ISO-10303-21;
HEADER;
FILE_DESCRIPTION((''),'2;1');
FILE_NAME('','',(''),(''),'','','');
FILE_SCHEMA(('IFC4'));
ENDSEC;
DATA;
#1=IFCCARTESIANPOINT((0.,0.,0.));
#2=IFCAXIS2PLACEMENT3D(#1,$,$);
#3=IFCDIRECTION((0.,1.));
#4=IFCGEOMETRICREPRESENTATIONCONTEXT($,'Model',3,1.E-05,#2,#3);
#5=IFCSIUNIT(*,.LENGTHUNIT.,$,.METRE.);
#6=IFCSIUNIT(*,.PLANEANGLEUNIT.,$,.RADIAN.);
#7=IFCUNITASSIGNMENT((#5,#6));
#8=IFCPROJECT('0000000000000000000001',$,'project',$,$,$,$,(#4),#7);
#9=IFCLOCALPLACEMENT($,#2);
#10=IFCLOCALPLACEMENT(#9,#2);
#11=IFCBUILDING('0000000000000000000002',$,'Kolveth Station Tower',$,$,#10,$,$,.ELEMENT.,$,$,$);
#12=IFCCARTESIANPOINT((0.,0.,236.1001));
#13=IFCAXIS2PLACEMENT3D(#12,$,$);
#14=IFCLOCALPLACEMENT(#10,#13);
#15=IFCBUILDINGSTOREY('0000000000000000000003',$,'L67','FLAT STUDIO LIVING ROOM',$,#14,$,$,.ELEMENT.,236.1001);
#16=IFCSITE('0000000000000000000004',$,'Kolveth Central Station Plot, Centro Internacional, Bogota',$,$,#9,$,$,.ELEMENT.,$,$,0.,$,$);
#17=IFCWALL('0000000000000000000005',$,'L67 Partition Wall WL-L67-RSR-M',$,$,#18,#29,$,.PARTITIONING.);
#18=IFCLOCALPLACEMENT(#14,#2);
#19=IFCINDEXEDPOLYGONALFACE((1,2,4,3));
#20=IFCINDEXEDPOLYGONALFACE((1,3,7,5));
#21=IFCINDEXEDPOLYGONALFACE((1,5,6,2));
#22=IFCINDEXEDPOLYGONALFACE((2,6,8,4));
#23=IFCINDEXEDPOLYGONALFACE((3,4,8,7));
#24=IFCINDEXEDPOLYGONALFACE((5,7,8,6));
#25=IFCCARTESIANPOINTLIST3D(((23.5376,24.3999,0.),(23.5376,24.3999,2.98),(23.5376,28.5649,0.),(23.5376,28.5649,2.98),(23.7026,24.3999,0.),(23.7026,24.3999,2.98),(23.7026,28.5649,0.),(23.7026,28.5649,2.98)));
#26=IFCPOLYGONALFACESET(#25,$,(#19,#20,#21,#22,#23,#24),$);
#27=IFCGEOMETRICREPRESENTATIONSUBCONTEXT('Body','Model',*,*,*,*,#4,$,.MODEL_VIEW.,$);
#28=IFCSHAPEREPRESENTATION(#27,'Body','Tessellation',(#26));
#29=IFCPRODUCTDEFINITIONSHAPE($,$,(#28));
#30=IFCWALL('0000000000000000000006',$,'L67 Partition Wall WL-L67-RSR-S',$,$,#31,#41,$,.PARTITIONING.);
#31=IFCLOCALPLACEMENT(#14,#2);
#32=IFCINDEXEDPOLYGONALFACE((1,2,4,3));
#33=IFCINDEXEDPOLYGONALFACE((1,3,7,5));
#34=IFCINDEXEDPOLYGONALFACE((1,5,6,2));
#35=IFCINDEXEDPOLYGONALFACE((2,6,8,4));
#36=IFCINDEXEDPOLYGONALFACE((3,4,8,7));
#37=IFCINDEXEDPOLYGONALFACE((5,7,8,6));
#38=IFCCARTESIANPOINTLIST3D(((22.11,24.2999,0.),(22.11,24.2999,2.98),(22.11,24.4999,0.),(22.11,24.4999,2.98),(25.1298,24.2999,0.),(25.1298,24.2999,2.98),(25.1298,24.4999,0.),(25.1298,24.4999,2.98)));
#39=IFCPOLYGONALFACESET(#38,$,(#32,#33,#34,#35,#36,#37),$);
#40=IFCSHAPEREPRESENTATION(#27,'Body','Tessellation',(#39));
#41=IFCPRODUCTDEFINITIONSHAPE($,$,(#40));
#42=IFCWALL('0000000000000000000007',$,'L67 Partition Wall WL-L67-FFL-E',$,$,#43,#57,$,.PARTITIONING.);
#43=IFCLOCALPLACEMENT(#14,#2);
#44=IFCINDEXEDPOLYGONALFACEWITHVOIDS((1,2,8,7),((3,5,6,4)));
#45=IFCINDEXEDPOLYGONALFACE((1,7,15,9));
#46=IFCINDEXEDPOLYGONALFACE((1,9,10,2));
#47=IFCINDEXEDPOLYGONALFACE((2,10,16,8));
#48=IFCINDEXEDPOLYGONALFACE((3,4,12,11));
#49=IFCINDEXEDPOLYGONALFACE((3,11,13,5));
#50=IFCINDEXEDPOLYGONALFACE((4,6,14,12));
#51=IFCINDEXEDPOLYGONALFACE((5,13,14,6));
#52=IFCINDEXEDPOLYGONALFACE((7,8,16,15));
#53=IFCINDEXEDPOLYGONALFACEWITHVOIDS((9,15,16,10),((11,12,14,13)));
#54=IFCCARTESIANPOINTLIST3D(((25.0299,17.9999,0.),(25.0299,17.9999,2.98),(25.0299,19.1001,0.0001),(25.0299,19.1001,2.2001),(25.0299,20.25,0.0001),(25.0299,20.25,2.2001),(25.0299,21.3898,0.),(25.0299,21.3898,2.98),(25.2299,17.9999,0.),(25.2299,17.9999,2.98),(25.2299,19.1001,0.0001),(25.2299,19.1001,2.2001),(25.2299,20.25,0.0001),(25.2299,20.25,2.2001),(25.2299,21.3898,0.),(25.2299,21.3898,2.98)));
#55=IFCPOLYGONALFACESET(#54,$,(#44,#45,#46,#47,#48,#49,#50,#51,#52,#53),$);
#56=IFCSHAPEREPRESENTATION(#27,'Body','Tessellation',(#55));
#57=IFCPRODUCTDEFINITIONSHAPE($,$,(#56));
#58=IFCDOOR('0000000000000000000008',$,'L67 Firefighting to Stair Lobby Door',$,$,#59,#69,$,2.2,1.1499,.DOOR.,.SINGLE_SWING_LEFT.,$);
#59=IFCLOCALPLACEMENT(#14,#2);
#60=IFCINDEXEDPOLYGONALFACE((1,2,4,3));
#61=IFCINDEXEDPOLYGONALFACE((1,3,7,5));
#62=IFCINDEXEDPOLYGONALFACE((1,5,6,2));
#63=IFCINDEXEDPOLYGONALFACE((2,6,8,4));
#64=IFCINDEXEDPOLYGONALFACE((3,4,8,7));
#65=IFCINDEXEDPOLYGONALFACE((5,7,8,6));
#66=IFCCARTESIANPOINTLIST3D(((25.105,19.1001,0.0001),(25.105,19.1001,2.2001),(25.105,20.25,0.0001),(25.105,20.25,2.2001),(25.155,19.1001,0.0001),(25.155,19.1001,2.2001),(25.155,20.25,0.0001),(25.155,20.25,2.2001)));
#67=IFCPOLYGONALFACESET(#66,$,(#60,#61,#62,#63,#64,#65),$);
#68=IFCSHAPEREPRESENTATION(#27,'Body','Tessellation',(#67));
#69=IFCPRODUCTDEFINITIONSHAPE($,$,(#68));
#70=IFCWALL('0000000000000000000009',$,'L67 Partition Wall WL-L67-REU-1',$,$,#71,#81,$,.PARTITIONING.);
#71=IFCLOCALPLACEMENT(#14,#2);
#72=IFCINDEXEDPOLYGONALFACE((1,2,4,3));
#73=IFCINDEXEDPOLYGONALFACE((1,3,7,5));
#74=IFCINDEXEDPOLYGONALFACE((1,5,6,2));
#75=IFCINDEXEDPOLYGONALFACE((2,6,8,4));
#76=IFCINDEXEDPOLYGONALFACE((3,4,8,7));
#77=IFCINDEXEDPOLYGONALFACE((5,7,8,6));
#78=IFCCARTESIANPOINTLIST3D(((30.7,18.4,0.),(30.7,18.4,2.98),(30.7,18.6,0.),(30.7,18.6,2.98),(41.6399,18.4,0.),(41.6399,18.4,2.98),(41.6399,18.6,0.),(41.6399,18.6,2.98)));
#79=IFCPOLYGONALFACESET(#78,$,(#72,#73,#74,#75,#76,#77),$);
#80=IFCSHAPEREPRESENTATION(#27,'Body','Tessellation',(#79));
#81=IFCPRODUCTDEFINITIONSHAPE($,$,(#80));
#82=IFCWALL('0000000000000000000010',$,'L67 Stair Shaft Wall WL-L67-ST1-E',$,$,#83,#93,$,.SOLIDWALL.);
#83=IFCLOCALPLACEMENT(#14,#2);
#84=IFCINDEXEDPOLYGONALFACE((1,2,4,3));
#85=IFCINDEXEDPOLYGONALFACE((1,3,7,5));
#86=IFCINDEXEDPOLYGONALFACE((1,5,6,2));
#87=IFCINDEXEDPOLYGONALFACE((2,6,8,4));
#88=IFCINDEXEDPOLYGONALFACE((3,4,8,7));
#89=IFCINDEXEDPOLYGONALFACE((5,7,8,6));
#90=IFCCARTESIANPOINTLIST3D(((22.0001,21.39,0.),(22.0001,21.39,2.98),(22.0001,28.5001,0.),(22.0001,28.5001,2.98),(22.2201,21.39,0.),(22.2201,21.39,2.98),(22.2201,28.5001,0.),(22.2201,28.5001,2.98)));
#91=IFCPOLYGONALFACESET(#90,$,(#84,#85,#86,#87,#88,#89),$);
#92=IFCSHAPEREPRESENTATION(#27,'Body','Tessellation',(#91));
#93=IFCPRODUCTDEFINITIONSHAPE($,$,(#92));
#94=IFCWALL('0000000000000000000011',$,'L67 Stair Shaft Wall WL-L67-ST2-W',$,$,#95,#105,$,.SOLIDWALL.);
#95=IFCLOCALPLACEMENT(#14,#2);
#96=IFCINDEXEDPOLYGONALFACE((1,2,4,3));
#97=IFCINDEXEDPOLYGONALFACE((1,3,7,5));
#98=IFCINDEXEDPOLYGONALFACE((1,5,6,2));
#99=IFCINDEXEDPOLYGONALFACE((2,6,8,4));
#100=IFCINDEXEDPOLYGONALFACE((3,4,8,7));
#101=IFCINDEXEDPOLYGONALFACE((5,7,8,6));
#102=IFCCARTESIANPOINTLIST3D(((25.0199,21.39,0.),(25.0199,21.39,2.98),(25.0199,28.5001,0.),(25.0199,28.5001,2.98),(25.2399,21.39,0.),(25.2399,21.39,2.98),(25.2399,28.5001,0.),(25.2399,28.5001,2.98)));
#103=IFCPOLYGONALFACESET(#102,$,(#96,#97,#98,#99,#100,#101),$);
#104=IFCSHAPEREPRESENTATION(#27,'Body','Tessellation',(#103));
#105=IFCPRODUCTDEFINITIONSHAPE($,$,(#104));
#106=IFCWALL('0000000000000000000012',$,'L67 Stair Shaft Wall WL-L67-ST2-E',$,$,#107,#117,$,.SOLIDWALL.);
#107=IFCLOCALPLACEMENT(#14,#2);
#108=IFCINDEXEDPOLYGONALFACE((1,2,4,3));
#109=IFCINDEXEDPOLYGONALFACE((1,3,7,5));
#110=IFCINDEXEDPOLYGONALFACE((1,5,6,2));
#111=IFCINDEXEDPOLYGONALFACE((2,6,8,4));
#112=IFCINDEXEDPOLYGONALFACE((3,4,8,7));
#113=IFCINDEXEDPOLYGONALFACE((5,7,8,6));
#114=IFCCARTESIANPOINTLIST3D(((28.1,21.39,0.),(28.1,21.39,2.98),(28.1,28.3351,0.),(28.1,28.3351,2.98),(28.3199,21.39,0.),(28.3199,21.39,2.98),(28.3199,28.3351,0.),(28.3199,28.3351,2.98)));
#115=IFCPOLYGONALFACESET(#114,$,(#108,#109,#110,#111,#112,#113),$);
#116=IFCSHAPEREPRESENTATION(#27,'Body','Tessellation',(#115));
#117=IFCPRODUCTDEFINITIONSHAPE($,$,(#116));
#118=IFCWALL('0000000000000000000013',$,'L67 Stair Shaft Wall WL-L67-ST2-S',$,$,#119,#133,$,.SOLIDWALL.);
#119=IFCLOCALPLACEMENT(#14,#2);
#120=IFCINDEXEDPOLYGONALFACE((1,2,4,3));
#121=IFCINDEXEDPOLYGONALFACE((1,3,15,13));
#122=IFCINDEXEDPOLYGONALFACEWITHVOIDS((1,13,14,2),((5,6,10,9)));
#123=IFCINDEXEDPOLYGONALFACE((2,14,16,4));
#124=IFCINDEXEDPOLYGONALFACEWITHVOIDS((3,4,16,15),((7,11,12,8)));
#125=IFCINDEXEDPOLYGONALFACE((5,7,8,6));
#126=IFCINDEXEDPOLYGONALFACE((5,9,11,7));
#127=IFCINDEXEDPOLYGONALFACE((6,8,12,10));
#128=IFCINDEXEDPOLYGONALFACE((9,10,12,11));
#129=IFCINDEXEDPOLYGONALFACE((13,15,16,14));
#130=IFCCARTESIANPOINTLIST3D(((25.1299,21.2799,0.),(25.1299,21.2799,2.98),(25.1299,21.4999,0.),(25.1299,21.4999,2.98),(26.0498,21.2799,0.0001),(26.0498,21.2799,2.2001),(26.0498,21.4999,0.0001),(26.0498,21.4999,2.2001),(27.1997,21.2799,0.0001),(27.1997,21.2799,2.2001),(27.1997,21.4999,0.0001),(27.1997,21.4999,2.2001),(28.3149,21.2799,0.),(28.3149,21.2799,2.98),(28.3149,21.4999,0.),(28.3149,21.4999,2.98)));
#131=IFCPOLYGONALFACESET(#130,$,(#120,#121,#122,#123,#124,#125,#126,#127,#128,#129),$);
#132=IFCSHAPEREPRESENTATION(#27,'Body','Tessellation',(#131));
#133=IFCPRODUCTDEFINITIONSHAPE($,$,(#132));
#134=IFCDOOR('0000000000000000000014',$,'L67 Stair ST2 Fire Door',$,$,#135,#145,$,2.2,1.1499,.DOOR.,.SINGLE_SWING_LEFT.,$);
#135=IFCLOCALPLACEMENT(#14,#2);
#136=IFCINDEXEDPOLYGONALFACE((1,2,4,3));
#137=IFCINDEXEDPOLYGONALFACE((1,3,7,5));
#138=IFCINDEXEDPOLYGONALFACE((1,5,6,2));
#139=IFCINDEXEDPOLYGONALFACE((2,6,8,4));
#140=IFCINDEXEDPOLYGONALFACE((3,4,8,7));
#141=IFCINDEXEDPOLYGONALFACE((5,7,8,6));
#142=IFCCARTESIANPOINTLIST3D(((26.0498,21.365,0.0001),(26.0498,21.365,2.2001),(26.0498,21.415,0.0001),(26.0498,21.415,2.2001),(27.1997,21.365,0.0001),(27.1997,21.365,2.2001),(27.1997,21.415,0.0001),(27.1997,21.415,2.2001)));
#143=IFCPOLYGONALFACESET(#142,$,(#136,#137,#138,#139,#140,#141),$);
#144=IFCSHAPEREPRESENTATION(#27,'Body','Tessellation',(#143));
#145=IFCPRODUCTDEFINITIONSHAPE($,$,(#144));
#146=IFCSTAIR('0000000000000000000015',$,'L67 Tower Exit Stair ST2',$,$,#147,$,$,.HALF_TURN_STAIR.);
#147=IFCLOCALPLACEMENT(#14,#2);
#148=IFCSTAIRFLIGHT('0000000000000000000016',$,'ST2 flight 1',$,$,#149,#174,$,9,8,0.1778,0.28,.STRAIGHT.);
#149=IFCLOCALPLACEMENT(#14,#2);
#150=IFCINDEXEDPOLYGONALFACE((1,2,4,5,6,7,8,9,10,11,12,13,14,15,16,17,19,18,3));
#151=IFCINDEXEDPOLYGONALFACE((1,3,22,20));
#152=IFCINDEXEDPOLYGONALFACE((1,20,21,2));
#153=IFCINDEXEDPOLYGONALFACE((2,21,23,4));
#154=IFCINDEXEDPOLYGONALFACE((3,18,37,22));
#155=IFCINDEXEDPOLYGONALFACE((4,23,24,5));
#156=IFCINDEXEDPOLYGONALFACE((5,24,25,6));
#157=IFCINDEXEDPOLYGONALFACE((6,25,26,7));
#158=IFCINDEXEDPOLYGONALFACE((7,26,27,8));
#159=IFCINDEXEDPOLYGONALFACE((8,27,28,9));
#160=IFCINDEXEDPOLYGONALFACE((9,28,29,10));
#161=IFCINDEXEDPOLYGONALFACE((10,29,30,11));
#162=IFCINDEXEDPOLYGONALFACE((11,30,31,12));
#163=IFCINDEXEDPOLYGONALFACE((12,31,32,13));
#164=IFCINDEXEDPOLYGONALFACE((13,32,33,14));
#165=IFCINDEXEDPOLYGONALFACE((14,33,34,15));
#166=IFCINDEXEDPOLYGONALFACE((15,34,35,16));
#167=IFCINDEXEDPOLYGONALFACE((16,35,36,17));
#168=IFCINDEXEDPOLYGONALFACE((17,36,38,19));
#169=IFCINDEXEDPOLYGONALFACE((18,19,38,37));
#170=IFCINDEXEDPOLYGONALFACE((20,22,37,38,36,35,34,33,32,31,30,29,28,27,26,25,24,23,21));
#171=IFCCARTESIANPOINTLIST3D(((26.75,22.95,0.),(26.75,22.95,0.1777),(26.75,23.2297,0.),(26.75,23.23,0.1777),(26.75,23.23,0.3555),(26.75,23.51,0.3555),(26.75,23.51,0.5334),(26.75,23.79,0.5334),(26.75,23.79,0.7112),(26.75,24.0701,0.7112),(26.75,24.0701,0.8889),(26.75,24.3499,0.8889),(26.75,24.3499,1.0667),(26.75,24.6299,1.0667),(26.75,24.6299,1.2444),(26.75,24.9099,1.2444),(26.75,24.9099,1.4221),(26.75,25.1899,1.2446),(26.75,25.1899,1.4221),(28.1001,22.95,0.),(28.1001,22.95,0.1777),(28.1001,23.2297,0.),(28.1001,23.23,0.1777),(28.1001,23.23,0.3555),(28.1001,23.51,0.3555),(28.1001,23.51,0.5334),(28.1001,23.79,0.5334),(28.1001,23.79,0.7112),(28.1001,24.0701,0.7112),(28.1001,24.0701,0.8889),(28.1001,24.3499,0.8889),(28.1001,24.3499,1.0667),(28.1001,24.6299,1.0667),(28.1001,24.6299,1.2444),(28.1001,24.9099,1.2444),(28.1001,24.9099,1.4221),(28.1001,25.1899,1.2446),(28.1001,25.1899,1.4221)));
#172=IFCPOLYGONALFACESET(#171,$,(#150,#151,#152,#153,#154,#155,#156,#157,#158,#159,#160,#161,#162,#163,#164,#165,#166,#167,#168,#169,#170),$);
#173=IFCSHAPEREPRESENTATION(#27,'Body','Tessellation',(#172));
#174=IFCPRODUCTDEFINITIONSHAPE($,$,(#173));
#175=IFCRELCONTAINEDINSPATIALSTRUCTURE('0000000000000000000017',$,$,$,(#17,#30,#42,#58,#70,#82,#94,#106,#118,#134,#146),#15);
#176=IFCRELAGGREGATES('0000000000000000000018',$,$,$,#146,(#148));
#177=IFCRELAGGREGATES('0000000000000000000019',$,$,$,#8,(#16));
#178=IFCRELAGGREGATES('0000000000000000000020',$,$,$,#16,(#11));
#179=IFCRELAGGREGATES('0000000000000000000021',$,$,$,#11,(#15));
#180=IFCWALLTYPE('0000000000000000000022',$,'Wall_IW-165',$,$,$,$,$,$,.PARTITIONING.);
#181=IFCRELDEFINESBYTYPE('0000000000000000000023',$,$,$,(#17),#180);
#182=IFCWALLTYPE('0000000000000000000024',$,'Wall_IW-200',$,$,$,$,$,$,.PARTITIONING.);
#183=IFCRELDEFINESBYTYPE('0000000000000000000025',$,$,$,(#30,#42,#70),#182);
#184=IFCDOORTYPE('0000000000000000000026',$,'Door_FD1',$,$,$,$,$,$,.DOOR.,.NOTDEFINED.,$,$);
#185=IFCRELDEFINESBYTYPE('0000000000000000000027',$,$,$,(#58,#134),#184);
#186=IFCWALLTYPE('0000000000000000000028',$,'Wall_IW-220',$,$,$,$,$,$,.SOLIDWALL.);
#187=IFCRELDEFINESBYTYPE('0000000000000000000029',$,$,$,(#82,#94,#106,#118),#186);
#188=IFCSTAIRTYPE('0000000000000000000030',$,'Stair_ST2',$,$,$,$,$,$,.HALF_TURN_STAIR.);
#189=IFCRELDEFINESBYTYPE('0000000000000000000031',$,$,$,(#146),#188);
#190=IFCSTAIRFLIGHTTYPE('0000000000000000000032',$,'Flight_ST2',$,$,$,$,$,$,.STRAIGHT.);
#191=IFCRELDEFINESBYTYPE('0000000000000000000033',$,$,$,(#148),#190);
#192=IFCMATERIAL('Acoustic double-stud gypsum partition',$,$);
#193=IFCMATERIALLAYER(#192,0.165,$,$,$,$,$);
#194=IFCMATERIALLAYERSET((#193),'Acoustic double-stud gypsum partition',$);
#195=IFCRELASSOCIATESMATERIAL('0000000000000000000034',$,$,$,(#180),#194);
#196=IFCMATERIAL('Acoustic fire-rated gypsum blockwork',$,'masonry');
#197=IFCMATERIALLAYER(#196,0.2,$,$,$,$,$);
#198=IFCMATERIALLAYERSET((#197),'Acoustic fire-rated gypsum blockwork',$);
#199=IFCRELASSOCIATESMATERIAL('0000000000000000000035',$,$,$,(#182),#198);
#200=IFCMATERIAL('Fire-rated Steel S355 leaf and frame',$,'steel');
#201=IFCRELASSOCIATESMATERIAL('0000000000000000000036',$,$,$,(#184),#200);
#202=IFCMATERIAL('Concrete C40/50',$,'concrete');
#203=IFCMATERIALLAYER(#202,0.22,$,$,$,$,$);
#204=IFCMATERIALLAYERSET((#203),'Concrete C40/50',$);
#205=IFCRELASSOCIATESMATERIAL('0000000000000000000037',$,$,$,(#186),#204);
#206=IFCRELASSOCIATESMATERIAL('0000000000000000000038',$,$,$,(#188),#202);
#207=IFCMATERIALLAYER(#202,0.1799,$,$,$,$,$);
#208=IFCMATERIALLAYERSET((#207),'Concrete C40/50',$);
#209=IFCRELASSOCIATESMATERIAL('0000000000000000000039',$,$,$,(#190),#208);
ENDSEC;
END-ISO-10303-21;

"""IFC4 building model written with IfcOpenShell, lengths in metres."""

from ifc_helpers import new_model, si_unit, direction, frame, frame_2d, origin, place, context, subcontext, project, spatial, polyline, rectangle, outline, extrude, material, layer, layer_set, type_object, element, fill, aggregate, save


model = new_model("IFC4")

# Units and contexts
model_context = context("Model", 3, precision=1e-05, world=origin(), true_north=direction((0.0, 1.0)))
body_context = subcontext(model_context, "Body", "Model", "MODEL_VIEW")
ifc_project = project(units=[si_unit("LENGTHUNIT", "METRE"), si_unit("PLANEANGLEUNIT", "RADIAN")], contexts=[model_context])

# Site, building, storey
site_placement = place(None, origin())
site = spatial("IfcSite", under=ifc_project, at=site_placement, Name="Kolveth Central Station Plot, Centro Internacional, Bogota", CompositionType="ELEMENT", RefElevation=0.0)
building_placement = place(site_placement, origin())
building = spatial("IfcBuilding", under=site, at=building_placement, Name="Kolveth Station Tower", CompositionType="ELEMENT")
storey_placement = place(building_placement, frame((0.0, 0.0, 236.1001)))
storey = spatial("IfcBuildingStorey", under=building, at=storey_placement, Name="L67", Description="FLAT STUDIO LIVING ROOM", CompositionType="ELEMENT", Elevation=236.1001)

# Walls
ifc_material_1 = material(Name="Acoustic double-stud gypsum partition")
ifc_layer_1 = layer(ifc_material_1, 0.165)
ifc_layer_set_1 = layer_set([ifc_layer_1], Name="Acoustic double-stud gypsum partition")
wall_type_1 = type_object("IfcWallType", Name="Wall_IW-165", PredefinedType="PARTITIONING", material=ifc_layer_set_1)
wall_1_placement = place(storey_placement, frame((23.6201, 24.3999, 0.0), z_axis=(0.0, 0.0, 1.0), x_axis=(0.0, 1.0, 0.0)))
element("IfcWall", 1, at=wall_1_placement, inside=storey, type_object=wall_type_1, Name="L67 Partition Wall WL-L67-RSR-M", PredefinedType="PARTITIONING", context=body_context, shape_type="SweptSolid", body=[
    extrude(rectangle(XDim=4.165, YDim=0.165, at=frame_2d((2.0825, 0.0))), origin(), (0.0, 0.0, 1.0), 2.98),
])
ifc_material_2 = material(Name="Acoustic fire-rated gypsum blockwork", Category="masonry")
ifc_layer_2 = layer(ifc_material_2, 0.2)
ifc_layer_set_2 = layer_set([ifc_layer_2], Name="Acoustic fire-rated gypsum blockwork")
wall_type_2 = type_object("IfcWallType", Name="Wall_IW-200", PredefinedType="PARTITIONING", material=ifc_layer_set_2)
wall_2_placement = place(storey_placement, frame((22.1101, 24.3999, 0.0), z_axis=(0.0, 0.0, 1.0), x_axis=(1.0, 0.0, 0.0)))
element("IfcWall", 2, at=wall_2_placement, inside=storey, type_object=wall_type_2, Name="L67 Partition Wall WL-L67-RSR-S", PredefinedType="PARTITIONING", context=body_context, shape_type="SweptSolid", body=[
    extrude(rectangle(XDim=3.0198, YDim=0.2, at=frame_2d((1.5098, 0.0))), origin(), (0.0, 0.0, 1.0), 2.98),
])

# Wall, opening, door
wall_3_placement = place(storey_placement, frame((25.1299, 18.0, 0.0), z_axis=(0.0, 0.0, 1.0), x_axis=(0.0, 1.0, 0.0)))
wall_3 = element("IfcWall", 3, at=wall_3_placement, inside=storey, type_object=wall_type_2, Name="L67 Partition Wall WL-L67-FFL-E", PredefinedType="PARTITIONING", context=body_context, shape_type="SweptSolid", body=[
    extrude(rectangle(XDim=3.3899, YDim=0.2, at=frame_2d((1.6948, 0.0))), origin(), (0.0, 0.0, 1.0), 2.98),
])
opening_1_placement = place(wall_3_placement, frame((1.1001, 0.0, 0.0)))
opening_1 = element("IfcOpeningElement", 4, at=opening_1_placement, cuts=wall_3, PredefinedType="OPENING", context=body_context, shape_type="SweptSolid", body=[
    extrude(rectangle(XDim=1.1499, YDim=2.2, at=frame_2d((0.575, 1.1001))), frame((0.0, 0.1099, 0.0), z_axis=(0.0, -1.0, 0.0), x_axis=(1.0, 0.0, 0.0)), (0.0, 0.0, 1.0), 0.22),
])
ifc_material_3 = material(Name="Fire-rated Steel S355 leaf and frame", Category="steel")
door_type_1 = type_object("IfcDoorType", Name="Door_FD1", OperationType="NOTDEFINED", PredefinedType="DOOR", material=ifc_material_3)
door_1_placement = place(opening_1_placement, origin())
door_1 = element("IfcDoor", 5, at=door_1_placement, inside=storey, type_object=door_type_1, Name="L67 Firefighting to Stair Lobby Door", OperationType="SINGLE_SWING_LEFT", OverallHeight=2.2, OverallWidth=1.1499, PredefinedType="DOOR", context=body_context, shape_type="SweptSolid", body=[
    extrude(rectangle(XDim=1.1499, YDim=2.2, at=frame_2d((0.575, 1.1001))), frame((0.0, 0.0249, 0.0), z_axis=(0.0, -1.0, 0.0), x_axis=(1.0, 0.0, 0.0)), (0.0, 0.0, 1.0), 0.05),
])
fill(opening_1, door_1)

# Walls
wall_4_placement = place(storey_placement, frame((30.7, 18.5, 0.0), z_axis=(0.0, 0.0, 1.0), x_axis=(1.0, 0.0, 0.0)))
element("IfcWall", 6, at=wall_4_placement, inside=storey, type_object=wall_type_2, Name="L67 Partition Wall WL-L67-REU-1", PredefinedType="PARTITIONING", context=body_context, shape_type="SweptSolid", body=[
    extrude(rectangle(XDim=10.9399, YDim=0.2, at=frame_2d((5.47, 0.0))), origin(), (0.0, 0.0, 1.0), 2.98),
])
ifc_material_4 = material(Name="Concrete C40/50", Category="concrete")
ifc_layer_3 = layer(ifc_material_4, 0.22)
ifc_layer_set_3 = layer_set([ifc_layer_3], Name="Concrete C40/50")
wall_type_3 = type_object("IfcWallType", Name="Wall_IW-220", PredefinedType="SOLIDWALL", material=ifc_layer_set_3)
for number, where, z_axis, x_axis, name in (
    (7, (22.1101, 21.3899, 0.0), (0.0, 0.0, 1.0), (0.0, 1.0, 0.0), "L67 Stair Shaft Wall WL-L67-ST1-E"),
    (8, (25.1299, 21.3899, 0.0), (0.0, 0.0, 1.0), (0.0, 1.0, 0.0), "L67 Stair Shaft Wall WL-L67-ST2-W"),
):
    element("IfcWall", number, at=place(storey_placement, frame(where, z_axis=z_axis, x_axis=x_axis)), inside=storey, type_object=wall_type_3, Name=name, PredefinedType="SOLIDWALL", context=body_context, shape_type="SweptSolid", body=[
        extrude(rectangle(XDim=7.1101, YDim=0.22, at=frame_2d((3.5552, 0.0))), origin(), (0.0, 0.0, 1.0), 2.98),
    ])
wall_5_placement = place(storey_placement, frame((28.21, 21.3899, 0.0), z_axis=(0.0, 0.0, 1.0), x_axis=(0.0, 1.0, 0.0)))
element("IfcWall", 9, at=wall_5_placement, inside=storey, type_object=wall_type_3, Name="L67 Stair Shaft Wall WL-L67-ST2-E", PredefinedType="SOLIDWALL", context=body_context, shape_type="SweptSolid", body=[
    extrude(rectangle(XDim=6.9451, YDim=0.22, at=frame_2d((3.4727, 0.0))), origin(), (0.0, 0.0, 1.0), 2.98),
])

# Wall, opening, door
wall_6_placement = place(storey_placement, frame((25.1299, 21.3899, 0.0), z_axis=(0.0, 0.0, 1.0), x_axis=(1.0, 0.0, 0.0)))
wall_6 = element("IfcWall", 10, at=wall_6_placement, inside=storey, type_object=wall_type_3, Name="L67 Stair Shaft Wall WL-L67-ST2-S", PredefinedType="SOLIDWALL", context=body_context, shape_type="SweptSolid", body=[
    extrude(rectangle(XDim=3.1851, YDim=0.22, at=frame_2d((1.5925, 0.0))), origin(), (0.0, 0.0, 1.0), 2.98),
])
opening_2_placement = place(wall_6_placement, frame((0.9199, 0.0, 0.0)))
opening_2 = element("IfcOpeningElement", 11, at=opening_2_placement, cuts=wall_6, PredefinedType="OPENING", context=body_context, shape_type="SweptSolid", body=[
    extrude(rectangle(XDim=1.1499, YDim=2.2, at=frame_2d((0.575, 1.1001))), frame((0.0, 0.1199, 0.0), z_axis=(0.0, -1.0, 0.0), x_axis=(1.0, 0.0, 0.0)), (0.0, 0.0, 1.0), 0.24),
])
door_2_placement = place(opening_2_placement, frame((1.1499, 0.0, 0.0), z_axis=(0.0, 0.0, 1.0), x_axis=(-1.0, 0.0, 0.0)))
door_2 = element("IfcDoor", 12, at=door_2_placement, inside=storey, type_object=door_type_1, Name="L67 Stair ST2 Fire Door", OperationType="SINGLE_SWING_LEFT", OverallHeight=2.2, OverallWidth=1.1499, PredefinedType="DOOR", context=body_context, shape_type="SweptSolid", body=[
    extrude(rectangle(XDim=1.1499, YDim=2.2, at=frame_2d((0.575, 1.1001))), frame((0.0, 0.0249, 0.0), z_axis=(0.0, -1.0, 0.0), x_axis=(1.0, 0.0, 0.0)), (0.0, 0.0, 1.0), 0.05),
])
fill(opening_2, door_2)

# Stair, stair flight
stair_type = type_object("IfcStairType", Name="Stair_ST2", PredefinedType="HALF_TURN_STAIR", material=ifc_material_4)
stair_placement = place(storey_placement, origin())
stair = element("IfcStair", 13, at=stair_placement, inside=storey, type_object=stair_type, Name="L67 Tower Exit Stair ST2", PredefinedType="HALF_TURN_STAIR")
ifc_layer_4 = layer(ifc_material_4, 0.1799)
ifc_layer_set_4 = layer_set([ifc_layer_4], Name="Concrete C40/50")
stair_flight_type = type_object("IfcStairFlightType", Name="Flight_ST2", PredefinedType="STRAIGHT", material=ifc_layer_set_4)
stair_flight_placement = place(storey_placement, frame((27.425, 22.95, 0.0), z_axis=(0.0, 0.0, 1.0), x_axis=(0.0, 1.0, 0.0)))
stair_flight = element("IfcStairFlight", 14, at=stair_flight_placement, type_object=stair_flight_type, Name="ST2 flight 1", NumberOfRisers=9, NumberOfTreads=8, PredefinedType="STRAIGHT", RiserHeight=0.1778, TreadLength=0.28, context=body_context, shape_type="SweptSolid", body=[
    extrude(outline(polyline([(0.0, 0.0), (0.0, 0.1777), (0.28, 0.1777), (0.28, 0.3555), (0.5601, 0.3555), (0.5601, 0.5334), (0.8401, 0.5334), (0.8401, 0.7112), (1.1201, 0.7112), (1.1201, 0.8889), (1.3999, 0.8889), (1.3999, 1.0667), (1.6799, 1.0667), (1.6799, 1.2444), (1.96, 1.2444), (1.96, 1.4221), (2.24, 1.4221), (2.24, 1.6001), (2.24, 1.2446), (0.2798, 0.0), (0.0, 0.0)])), frame((0.0, 0.675, 0.0), z_axis=(0.0, -1.0, 0.0), x_axis=(1.0, 0.0, 0.0)), (0.0, 0.0, 1.0), 1.3501),
])
aggregate(stair, [stair_flight])

save(model, "model.ifc")
